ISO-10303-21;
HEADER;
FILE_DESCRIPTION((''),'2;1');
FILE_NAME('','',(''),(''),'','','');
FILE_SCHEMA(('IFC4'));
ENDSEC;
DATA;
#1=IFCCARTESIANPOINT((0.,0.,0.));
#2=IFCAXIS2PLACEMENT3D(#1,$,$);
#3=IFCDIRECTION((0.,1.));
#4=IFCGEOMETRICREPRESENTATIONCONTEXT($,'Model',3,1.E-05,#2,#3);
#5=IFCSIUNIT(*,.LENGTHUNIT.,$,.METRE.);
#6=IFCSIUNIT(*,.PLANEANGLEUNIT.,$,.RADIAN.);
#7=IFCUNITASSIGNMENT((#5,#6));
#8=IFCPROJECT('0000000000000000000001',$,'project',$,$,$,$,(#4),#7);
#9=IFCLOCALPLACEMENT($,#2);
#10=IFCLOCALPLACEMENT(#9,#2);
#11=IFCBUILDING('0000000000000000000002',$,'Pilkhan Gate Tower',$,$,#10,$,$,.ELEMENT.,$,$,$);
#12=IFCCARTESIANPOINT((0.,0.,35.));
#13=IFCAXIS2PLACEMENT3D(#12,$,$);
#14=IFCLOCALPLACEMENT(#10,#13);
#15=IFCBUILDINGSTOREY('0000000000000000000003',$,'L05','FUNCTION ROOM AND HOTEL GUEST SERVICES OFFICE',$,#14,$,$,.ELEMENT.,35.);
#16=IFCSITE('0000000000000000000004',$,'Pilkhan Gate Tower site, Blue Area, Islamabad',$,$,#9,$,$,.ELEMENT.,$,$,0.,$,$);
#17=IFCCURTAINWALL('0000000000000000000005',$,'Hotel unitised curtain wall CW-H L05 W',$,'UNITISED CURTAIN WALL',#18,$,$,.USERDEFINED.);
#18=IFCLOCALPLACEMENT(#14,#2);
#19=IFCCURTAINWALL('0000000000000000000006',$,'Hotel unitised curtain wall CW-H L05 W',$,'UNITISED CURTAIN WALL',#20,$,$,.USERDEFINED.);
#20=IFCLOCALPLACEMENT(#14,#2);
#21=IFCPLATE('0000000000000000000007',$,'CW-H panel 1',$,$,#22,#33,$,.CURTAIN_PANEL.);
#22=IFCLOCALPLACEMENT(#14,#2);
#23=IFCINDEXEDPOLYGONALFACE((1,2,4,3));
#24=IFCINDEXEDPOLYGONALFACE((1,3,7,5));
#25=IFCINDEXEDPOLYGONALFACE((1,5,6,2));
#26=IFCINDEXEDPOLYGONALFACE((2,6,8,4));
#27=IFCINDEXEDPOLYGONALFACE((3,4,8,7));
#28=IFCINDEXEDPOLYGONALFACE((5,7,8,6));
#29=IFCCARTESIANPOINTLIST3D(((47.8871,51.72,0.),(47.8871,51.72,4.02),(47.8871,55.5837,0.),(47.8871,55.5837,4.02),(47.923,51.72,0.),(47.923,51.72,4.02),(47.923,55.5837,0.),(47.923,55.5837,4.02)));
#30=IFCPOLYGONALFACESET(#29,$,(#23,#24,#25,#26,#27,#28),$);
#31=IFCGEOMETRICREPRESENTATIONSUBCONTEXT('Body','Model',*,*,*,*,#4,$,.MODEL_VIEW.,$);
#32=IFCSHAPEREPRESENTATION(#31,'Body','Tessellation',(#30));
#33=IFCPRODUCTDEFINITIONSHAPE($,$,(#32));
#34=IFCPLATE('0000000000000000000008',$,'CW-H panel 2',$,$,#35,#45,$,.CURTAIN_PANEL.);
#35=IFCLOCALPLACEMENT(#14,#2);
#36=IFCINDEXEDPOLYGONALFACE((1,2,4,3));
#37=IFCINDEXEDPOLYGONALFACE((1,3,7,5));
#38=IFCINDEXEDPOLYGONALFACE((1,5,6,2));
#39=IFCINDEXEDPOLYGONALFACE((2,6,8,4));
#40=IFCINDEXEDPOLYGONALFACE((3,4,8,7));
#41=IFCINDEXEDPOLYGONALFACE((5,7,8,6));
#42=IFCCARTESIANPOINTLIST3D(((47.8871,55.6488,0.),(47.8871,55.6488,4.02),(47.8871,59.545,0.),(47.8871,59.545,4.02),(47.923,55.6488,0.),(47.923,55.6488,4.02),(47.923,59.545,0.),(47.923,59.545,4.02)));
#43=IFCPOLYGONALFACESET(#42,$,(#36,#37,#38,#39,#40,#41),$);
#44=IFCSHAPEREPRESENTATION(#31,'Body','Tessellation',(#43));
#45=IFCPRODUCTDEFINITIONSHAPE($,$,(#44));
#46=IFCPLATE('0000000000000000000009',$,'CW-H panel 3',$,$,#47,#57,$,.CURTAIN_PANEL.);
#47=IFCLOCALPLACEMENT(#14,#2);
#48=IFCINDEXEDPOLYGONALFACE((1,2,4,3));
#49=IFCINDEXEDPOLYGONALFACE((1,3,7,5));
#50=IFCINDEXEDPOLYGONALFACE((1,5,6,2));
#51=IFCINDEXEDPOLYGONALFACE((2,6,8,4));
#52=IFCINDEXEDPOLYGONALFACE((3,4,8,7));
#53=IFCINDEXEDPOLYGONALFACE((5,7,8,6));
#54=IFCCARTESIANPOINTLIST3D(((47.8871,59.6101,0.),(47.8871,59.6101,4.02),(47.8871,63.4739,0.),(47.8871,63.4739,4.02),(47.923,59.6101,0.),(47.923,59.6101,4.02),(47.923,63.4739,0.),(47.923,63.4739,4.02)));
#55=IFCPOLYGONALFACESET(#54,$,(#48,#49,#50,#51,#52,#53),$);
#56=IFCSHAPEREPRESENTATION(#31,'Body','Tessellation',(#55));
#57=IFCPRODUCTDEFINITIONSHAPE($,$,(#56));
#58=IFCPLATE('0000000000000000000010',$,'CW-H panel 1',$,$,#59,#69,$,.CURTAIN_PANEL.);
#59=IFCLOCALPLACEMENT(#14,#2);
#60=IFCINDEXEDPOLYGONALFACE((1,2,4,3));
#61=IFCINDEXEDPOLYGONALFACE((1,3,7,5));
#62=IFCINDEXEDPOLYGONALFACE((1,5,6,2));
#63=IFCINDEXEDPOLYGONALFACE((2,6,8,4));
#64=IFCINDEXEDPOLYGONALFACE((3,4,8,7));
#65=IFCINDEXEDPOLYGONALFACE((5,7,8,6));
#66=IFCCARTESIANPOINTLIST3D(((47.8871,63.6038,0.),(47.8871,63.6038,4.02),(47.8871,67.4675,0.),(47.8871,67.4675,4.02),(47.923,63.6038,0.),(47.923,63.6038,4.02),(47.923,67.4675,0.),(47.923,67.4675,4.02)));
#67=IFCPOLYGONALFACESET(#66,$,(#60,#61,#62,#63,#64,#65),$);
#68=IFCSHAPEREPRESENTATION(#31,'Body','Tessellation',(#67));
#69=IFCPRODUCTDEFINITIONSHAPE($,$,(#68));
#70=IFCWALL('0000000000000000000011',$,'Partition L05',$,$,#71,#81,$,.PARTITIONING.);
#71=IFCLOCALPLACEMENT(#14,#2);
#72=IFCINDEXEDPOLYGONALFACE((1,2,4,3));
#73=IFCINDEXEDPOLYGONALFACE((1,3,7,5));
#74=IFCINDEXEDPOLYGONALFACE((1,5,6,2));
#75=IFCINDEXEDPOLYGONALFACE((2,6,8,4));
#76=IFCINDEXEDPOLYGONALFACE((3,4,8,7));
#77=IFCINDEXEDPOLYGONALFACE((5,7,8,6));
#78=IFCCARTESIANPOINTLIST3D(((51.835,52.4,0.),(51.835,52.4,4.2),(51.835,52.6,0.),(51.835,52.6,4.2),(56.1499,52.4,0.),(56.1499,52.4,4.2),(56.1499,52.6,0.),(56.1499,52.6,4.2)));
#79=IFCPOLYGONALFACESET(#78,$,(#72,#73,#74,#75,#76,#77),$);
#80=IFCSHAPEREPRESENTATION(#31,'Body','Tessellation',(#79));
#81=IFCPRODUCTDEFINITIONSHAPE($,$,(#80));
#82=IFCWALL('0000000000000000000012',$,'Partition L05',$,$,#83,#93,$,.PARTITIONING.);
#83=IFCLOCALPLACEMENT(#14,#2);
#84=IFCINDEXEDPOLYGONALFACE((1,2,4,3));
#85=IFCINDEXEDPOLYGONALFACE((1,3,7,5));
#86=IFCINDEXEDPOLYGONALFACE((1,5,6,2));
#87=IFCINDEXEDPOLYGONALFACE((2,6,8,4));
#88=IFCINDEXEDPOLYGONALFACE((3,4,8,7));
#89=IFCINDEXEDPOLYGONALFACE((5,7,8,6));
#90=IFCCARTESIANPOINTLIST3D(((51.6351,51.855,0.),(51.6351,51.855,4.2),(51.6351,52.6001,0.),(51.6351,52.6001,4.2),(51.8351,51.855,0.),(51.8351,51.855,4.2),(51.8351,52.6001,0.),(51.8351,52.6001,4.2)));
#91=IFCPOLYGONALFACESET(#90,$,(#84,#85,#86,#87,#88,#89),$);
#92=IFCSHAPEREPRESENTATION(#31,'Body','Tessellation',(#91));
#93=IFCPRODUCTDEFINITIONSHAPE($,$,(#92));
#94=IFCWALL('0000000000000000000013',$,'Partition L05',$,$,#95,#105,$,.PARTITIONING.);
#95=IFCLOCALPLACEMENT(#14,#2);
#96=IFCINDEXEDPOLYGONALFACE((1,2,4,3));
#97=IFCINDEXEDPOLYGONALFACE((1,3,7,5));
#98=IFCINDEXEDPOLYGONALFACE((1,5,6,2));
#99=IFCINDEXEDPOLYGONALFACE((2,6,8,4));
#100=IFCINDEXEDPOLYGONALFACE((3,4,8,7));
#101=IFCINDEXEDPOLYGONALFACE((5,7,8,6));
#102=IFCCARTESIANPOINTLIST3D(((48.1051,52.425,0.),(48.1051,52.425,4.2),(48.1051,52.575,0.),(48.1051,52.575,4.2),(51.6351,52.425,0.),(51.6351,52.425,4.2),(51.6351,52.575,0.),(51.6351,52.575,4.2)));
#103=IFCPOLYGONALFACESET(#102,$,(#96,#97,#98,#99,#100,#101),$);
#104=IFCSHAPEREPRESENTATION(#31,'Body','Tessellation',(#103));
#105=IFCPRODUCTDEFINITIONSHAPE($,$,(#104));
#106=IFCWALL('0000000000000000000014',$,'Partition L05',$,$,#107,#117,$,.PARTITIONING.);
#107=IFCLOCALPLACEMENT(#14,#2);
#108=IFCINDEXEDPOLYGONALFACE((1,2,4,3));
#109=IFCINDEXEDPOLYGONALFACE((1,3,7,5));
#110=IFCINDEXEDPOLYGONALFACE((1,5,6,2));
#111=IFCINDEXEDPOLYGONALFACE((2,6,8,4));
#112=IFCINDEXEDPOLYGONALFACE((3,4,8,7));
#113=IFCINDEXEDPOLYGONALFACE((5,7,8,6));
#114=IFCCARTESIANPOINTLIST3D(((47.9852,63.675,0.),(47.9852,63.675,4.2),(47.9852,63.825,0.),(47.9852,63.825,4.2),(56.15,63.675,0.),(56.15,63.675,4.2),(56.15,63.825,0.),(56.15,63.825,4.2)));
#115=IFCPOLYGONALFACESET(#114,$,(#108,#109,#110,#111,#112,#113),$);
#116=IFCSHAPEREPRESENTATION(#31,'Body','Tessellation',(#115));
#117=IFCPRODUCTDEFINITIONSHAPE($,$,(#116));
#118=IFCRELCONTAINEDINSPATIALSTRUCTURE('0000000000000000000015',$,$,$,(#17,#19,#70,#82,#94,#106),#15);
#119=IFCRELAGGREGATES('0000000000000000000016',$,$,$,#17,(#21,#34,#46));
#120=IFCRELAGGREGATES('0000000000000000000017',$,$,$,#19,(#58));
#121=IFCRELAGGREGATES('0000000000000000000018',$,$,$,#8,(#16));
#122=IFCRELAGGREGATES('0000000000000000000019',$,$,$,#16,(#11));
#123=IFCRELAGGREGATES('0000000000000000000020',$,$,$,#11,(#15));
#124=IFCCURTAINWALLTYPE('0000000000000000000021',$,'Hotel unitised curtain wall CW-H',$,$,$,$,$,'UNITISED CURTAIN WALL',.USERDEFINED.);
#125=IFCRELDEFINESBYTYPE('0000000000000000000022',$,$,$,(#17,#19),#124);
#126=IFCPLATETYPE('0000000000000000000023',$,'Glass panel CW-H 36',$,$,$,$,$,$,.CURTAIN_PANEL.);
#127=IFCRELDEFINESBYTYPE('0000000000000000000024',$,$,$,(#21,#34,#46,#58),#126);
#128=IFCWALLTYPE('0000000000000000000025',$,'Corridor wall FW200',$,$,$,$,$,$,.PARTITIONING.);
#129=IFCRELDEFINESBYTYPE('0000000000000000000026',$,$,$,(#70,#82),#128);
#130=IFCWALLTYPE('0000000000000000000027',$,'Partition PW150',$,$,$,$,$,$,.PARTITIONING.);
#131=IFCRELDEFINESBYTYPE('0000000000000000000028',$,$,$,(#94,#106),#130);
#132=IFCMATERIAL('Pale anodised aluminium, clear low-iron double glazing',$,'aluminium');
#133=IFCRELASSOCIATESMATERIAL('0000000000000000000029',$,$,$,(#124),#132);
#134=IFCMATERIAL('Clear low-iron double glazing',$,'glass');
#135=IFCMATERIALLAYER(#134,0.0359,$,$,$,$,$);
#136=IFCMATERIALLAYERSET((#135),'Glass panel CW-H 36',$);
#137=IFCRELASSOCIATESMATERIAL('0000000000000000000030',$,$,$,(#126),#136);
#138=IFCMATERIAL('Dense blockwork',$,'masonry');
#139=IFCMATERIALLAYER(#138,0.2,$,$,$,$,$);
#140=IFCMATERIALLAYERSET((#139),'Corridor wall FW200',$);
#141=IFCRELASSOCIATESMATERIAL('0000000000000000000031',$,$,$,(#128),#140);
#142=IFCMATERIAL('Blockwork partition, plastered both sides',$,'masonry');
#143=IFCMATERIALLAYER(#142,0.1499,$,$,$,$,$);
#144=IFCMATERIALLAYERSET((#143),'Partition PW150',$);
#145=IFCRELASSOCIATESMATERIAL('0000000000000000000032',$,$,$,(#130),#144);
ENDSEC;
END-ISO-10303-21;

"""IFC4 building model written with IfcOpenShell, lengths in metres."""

from ifc_helpers import new_model, si_unit, direction, frame, frame_2d, origin, origin_2d, place, context, subcontext, project, spatial, rectangle, extrude, material, layer, layer_set, type_object, element, aggregate, save


model = new_model("IFC4")

# Units and contexts
model_context = context("Model", 3, precision=1e-05, world=origin(), true_north=direction((0.0, 1.0)))
body_context = subcontext(model_context, "Body", "Model", "MODEL_VIEW")
ifc_project = project(units=[si_unit("LENGTHUNIT", "METRE"), si_unit("PLANEANGLEUNIT", "RADIAN")], contexts=[model_context])

# Site, building, storey
site_placement = place(None, origin())
site = spatial("IfcSite", under=ifc_project, at=site_placement, Name="Pilkhan Gate Tower site, Blue Area, Islamabad", CompositionType="ELEMENT", RefElevation=0.0)
building_placement = place(site_placement, origin())
building = spatial("IfcBuilding", under=site, at=building_placement, Name="Pilkhan Gate Tower", CompositionType="ELEMENT")
storey_placement = place(building_placement, frame((0.0, 0.0, 35.0)))
storey = spatial("IfcBuildingStorey", under=building, at=storey_placement, Name="L05", Description="FUNCTION ROOM AND HOTEL GUEST SERVICES OFFICE", CompositionType="ELEMENT", Elevation=35.0)

# Curtain walls
ifc_material_1 = material(Name="Pale anodised aluminium, clear low-iron double glazing", Category="aluminium")
curtain_wall_type = type_object("IfcCurtainWallType", Name="Hotel unitised curtain wall CW-H", ElementType="UNITISED CURTAIN WALL", PredefinedType="USERDEFINED", material=ifc_material_1)
curtain_wall_1_placement = place(storey_placement, origin())
curtain_wall_1 = element("IfcCurtainWall", 1, at=curtain_wall_1_placement, inside=storey, type_object=curtain_wall_type, Name="Hotel unitised curtain wall CW-H L05 W", ObjectType="UNITISED CURTAIN WALL", PredefinedType="USERDEFINED")
curtain_wall_2_placement = place(storey_placement, origin())
curtain_wall_2 = element("IfcCurtainWall", 2, at=curtain_wall_2_placement, inside=storey, type_object=curtain_wall_type, Name="Hotel unitised curtain wall CW-H L05 W", ObjectType="UNITISED CURTAIN WALL", PredefinedType="USERDEFINED")

# Plates
ifc_material_2 = material(Name="Clear low-iron double glazing", Category="glass")
ifc_layer_1 = layer(ifc_material_2, 0.0359)
ifc_layer_set_1 = layer_set([ifc_layer_1], Name="Glass panel CW-H 36")
plate_type = type_object("IfcPlateType", Name="Glass panel CW-H 36", PredefinedType="CURTAIN_PANEL", material=ifc_layer_set_1)
plate_1_placement = place(storey_placement, frame((47.905, 53.6519, 0.0), z_axis=(0.0, 0.0, 1.0), x_axis=(0.0, 1.0, 0.0)))
plate_1 = element("IfcPlate", 3, at=plate_1_placement, type_object=plate_type, Name="CW-H panel 1", PredefinedType="CURTAIN_PANEL", context=body_context, shape_type="SweptSolid", body=[
    extrude(rectangle(XDim=3.8638, YDim=0.0359, at=origin_2d()), origin(), (0.0, 0.0, 1.0), 4.02),
])
plate_2_placement = place(storey_placement, frame((47.905, 57.5969, 0.0), z_axis=(0.0, 0.0, 1.0), x_axis=(0.0, 1.0, 0.0)))
plate_2 = element("IfcPlate", 4, at=plate_2_placement, type_object=plate_type, Name="CW-H panel 2", PredefinedType="CURTAIN_PANEL", context=body_context, shape_type="SweptSolid", body=[
    extrude(rectangle(XDim=3.8962, YDim=0.0359, at=origin_2d()), origin(), (0.0, 0.0, 1.0), 4.02),
])
plate_3_placement = place(storey_placement, frame((47.905, 61.542, 0.0), z_axis=(0.0, 0.0, 1.0), x_axis=(0.0, 1.0, 0.0)))
plate_3 = element("IfcPlate", 5, at=plate_3_placement, type_object=plate_type, Name="CW-H panel 3", PredefinedType="CURTAIN_PANEL", context=body_context, shape_type="SweptSolid", body=[
    extrude(rectangle(XDim=3.8638, YDim=0.0359, at=origin_2d()), origin(), (0.0, 0.0, 1.0), 4.02),
])
aggregate(curtain_wall_1, [plate_1, plate_2, plate_3])
plate_4_placement = place(storey_placement, frame((47.905, 65.5356, 0.0), z_axis=(0.0, 0.0, 1.0), x_axis=(0.0, 1.0, 0.0)))
plate_4 = element("IfcPlate", 6, at=plate_4_placement, type_object=plate_type, Name="CW-H panel 1", PredefinedType="CURTAIN_PANEL", context=body_context, shape_type="SweptSolid", body=[
    extrude(rectangle(XDim=3.8638, YDim=0.0359, at=origin_2d()), origin(), (0.0, 0.0, 1.0), 4.02),
])
aggregate(curtain_wall_2, [plate_4])

# Walls
ifc_material_3 = material(Name="Dense blockwork", Category="masonry")
ifc_layer_2 = layer(ifc_material_3, 0.2)
ifc_layer_set_2 = layer_set([ifc_layer_2], Name="Corridor wall FW200")
wall_type_1 = type_object("IfcWallType", Name="Corridor wall FW200", PredefinedType="PARTITIONING", material=ifc_layer_set_2)
wall_1_placement = place(storey_placement, frame((51.835, 52.5, 0.0), z_axis=(0.0, 0.0, 1.0), x_axis=(1.0, 0.0, 0.0)))
element("IfcWall", 7, at=wall_1_placement, inside=storey, type_object=wall_type_1, Name="Partition L05", PredefinedType="PARTITIONING", context=body_context, shape_type="SweptSolid", body=[
    extrude(rectangle(XDim=4.3149, YDim=0.2, at=frame_2d((2.1575, 0.0))), origin(), (0.0, 0.0, 1.0), 4.2),
])
wall_2_placement = place(storey_placement, frame((51.7351, 51.855, 0.0), z_axis=(0.0, 0.0, 1.0), x_axis=(0.0, 1.0, 0.0)))
element("IfcWall", 8, at=wall_2_placement, inside=storey, type_object=wall_type_1, Name="Partition L05", PredefinedType="PARTITIONING", context=body_context, shape_type="SweptSolid", body=[
    extrude(rectangle(XDim=0.7451, YDim=0.2, at=frame_2d((0.3726, 0.0))), origin(), (0.0, 0.0, 1.0), 4.2),
])
ifc_material_4 = material(Name="Blockwork partition, plastered both sides", Category="masonry")
ifc_layer_3 = layer(ifc_material_4, 0.1499)
ifc_layer_set_3 = layer_set([ifc_layer_3], Name="Partition PW150")
wall_type_2 = type_object("IfcWallType", Name="Partition PW150", PredefinedType="PARTITIONING", material=ifc_layer_set_3)
wall_3_placement = place(storey_placement, frame((48.105, 52.5, 0.0), z_axis=(0.0, 0.0, 1.0), x_axis=(1.0, 0.0, 0.0)))
element("IfcWall", 9, at=wall_3_placement, inside=storey, type_object=wall_type_2, Name="Partition L05", PredefinedType="PARTITIONING", context=body_context, shape_type="SweptSolid", body=[
    extrude(rectangle(XDim=3.53, YDim=0.1499, at=frame_2d((1.7651, 0.0))), origin(), (0.0, 0.0, 1.0), 4.2),
])
wall_4_placement = place(storey_placement, frame((47.9851, 63.75, 0.0), z_axis=(0.0, 0.0, 1.0), x_axis=(1.0, 0.0, 0.0)))
element("IfcWall", 10, at=wall_4_placement, inside=storey, type_object=wall_type_2, Name="Partition L05", PredefinedType="PARTITIONING", context=body_context, shape_type="SweptSolid", body=[
    extrude(rectangle(XDim=8.1648, YDim=0.1499, at=frame_2d((4.0825, 0.0))), origin(), (0.0, 0.0, 1.0), 4.2),
])

save(model, "model.ifc")
